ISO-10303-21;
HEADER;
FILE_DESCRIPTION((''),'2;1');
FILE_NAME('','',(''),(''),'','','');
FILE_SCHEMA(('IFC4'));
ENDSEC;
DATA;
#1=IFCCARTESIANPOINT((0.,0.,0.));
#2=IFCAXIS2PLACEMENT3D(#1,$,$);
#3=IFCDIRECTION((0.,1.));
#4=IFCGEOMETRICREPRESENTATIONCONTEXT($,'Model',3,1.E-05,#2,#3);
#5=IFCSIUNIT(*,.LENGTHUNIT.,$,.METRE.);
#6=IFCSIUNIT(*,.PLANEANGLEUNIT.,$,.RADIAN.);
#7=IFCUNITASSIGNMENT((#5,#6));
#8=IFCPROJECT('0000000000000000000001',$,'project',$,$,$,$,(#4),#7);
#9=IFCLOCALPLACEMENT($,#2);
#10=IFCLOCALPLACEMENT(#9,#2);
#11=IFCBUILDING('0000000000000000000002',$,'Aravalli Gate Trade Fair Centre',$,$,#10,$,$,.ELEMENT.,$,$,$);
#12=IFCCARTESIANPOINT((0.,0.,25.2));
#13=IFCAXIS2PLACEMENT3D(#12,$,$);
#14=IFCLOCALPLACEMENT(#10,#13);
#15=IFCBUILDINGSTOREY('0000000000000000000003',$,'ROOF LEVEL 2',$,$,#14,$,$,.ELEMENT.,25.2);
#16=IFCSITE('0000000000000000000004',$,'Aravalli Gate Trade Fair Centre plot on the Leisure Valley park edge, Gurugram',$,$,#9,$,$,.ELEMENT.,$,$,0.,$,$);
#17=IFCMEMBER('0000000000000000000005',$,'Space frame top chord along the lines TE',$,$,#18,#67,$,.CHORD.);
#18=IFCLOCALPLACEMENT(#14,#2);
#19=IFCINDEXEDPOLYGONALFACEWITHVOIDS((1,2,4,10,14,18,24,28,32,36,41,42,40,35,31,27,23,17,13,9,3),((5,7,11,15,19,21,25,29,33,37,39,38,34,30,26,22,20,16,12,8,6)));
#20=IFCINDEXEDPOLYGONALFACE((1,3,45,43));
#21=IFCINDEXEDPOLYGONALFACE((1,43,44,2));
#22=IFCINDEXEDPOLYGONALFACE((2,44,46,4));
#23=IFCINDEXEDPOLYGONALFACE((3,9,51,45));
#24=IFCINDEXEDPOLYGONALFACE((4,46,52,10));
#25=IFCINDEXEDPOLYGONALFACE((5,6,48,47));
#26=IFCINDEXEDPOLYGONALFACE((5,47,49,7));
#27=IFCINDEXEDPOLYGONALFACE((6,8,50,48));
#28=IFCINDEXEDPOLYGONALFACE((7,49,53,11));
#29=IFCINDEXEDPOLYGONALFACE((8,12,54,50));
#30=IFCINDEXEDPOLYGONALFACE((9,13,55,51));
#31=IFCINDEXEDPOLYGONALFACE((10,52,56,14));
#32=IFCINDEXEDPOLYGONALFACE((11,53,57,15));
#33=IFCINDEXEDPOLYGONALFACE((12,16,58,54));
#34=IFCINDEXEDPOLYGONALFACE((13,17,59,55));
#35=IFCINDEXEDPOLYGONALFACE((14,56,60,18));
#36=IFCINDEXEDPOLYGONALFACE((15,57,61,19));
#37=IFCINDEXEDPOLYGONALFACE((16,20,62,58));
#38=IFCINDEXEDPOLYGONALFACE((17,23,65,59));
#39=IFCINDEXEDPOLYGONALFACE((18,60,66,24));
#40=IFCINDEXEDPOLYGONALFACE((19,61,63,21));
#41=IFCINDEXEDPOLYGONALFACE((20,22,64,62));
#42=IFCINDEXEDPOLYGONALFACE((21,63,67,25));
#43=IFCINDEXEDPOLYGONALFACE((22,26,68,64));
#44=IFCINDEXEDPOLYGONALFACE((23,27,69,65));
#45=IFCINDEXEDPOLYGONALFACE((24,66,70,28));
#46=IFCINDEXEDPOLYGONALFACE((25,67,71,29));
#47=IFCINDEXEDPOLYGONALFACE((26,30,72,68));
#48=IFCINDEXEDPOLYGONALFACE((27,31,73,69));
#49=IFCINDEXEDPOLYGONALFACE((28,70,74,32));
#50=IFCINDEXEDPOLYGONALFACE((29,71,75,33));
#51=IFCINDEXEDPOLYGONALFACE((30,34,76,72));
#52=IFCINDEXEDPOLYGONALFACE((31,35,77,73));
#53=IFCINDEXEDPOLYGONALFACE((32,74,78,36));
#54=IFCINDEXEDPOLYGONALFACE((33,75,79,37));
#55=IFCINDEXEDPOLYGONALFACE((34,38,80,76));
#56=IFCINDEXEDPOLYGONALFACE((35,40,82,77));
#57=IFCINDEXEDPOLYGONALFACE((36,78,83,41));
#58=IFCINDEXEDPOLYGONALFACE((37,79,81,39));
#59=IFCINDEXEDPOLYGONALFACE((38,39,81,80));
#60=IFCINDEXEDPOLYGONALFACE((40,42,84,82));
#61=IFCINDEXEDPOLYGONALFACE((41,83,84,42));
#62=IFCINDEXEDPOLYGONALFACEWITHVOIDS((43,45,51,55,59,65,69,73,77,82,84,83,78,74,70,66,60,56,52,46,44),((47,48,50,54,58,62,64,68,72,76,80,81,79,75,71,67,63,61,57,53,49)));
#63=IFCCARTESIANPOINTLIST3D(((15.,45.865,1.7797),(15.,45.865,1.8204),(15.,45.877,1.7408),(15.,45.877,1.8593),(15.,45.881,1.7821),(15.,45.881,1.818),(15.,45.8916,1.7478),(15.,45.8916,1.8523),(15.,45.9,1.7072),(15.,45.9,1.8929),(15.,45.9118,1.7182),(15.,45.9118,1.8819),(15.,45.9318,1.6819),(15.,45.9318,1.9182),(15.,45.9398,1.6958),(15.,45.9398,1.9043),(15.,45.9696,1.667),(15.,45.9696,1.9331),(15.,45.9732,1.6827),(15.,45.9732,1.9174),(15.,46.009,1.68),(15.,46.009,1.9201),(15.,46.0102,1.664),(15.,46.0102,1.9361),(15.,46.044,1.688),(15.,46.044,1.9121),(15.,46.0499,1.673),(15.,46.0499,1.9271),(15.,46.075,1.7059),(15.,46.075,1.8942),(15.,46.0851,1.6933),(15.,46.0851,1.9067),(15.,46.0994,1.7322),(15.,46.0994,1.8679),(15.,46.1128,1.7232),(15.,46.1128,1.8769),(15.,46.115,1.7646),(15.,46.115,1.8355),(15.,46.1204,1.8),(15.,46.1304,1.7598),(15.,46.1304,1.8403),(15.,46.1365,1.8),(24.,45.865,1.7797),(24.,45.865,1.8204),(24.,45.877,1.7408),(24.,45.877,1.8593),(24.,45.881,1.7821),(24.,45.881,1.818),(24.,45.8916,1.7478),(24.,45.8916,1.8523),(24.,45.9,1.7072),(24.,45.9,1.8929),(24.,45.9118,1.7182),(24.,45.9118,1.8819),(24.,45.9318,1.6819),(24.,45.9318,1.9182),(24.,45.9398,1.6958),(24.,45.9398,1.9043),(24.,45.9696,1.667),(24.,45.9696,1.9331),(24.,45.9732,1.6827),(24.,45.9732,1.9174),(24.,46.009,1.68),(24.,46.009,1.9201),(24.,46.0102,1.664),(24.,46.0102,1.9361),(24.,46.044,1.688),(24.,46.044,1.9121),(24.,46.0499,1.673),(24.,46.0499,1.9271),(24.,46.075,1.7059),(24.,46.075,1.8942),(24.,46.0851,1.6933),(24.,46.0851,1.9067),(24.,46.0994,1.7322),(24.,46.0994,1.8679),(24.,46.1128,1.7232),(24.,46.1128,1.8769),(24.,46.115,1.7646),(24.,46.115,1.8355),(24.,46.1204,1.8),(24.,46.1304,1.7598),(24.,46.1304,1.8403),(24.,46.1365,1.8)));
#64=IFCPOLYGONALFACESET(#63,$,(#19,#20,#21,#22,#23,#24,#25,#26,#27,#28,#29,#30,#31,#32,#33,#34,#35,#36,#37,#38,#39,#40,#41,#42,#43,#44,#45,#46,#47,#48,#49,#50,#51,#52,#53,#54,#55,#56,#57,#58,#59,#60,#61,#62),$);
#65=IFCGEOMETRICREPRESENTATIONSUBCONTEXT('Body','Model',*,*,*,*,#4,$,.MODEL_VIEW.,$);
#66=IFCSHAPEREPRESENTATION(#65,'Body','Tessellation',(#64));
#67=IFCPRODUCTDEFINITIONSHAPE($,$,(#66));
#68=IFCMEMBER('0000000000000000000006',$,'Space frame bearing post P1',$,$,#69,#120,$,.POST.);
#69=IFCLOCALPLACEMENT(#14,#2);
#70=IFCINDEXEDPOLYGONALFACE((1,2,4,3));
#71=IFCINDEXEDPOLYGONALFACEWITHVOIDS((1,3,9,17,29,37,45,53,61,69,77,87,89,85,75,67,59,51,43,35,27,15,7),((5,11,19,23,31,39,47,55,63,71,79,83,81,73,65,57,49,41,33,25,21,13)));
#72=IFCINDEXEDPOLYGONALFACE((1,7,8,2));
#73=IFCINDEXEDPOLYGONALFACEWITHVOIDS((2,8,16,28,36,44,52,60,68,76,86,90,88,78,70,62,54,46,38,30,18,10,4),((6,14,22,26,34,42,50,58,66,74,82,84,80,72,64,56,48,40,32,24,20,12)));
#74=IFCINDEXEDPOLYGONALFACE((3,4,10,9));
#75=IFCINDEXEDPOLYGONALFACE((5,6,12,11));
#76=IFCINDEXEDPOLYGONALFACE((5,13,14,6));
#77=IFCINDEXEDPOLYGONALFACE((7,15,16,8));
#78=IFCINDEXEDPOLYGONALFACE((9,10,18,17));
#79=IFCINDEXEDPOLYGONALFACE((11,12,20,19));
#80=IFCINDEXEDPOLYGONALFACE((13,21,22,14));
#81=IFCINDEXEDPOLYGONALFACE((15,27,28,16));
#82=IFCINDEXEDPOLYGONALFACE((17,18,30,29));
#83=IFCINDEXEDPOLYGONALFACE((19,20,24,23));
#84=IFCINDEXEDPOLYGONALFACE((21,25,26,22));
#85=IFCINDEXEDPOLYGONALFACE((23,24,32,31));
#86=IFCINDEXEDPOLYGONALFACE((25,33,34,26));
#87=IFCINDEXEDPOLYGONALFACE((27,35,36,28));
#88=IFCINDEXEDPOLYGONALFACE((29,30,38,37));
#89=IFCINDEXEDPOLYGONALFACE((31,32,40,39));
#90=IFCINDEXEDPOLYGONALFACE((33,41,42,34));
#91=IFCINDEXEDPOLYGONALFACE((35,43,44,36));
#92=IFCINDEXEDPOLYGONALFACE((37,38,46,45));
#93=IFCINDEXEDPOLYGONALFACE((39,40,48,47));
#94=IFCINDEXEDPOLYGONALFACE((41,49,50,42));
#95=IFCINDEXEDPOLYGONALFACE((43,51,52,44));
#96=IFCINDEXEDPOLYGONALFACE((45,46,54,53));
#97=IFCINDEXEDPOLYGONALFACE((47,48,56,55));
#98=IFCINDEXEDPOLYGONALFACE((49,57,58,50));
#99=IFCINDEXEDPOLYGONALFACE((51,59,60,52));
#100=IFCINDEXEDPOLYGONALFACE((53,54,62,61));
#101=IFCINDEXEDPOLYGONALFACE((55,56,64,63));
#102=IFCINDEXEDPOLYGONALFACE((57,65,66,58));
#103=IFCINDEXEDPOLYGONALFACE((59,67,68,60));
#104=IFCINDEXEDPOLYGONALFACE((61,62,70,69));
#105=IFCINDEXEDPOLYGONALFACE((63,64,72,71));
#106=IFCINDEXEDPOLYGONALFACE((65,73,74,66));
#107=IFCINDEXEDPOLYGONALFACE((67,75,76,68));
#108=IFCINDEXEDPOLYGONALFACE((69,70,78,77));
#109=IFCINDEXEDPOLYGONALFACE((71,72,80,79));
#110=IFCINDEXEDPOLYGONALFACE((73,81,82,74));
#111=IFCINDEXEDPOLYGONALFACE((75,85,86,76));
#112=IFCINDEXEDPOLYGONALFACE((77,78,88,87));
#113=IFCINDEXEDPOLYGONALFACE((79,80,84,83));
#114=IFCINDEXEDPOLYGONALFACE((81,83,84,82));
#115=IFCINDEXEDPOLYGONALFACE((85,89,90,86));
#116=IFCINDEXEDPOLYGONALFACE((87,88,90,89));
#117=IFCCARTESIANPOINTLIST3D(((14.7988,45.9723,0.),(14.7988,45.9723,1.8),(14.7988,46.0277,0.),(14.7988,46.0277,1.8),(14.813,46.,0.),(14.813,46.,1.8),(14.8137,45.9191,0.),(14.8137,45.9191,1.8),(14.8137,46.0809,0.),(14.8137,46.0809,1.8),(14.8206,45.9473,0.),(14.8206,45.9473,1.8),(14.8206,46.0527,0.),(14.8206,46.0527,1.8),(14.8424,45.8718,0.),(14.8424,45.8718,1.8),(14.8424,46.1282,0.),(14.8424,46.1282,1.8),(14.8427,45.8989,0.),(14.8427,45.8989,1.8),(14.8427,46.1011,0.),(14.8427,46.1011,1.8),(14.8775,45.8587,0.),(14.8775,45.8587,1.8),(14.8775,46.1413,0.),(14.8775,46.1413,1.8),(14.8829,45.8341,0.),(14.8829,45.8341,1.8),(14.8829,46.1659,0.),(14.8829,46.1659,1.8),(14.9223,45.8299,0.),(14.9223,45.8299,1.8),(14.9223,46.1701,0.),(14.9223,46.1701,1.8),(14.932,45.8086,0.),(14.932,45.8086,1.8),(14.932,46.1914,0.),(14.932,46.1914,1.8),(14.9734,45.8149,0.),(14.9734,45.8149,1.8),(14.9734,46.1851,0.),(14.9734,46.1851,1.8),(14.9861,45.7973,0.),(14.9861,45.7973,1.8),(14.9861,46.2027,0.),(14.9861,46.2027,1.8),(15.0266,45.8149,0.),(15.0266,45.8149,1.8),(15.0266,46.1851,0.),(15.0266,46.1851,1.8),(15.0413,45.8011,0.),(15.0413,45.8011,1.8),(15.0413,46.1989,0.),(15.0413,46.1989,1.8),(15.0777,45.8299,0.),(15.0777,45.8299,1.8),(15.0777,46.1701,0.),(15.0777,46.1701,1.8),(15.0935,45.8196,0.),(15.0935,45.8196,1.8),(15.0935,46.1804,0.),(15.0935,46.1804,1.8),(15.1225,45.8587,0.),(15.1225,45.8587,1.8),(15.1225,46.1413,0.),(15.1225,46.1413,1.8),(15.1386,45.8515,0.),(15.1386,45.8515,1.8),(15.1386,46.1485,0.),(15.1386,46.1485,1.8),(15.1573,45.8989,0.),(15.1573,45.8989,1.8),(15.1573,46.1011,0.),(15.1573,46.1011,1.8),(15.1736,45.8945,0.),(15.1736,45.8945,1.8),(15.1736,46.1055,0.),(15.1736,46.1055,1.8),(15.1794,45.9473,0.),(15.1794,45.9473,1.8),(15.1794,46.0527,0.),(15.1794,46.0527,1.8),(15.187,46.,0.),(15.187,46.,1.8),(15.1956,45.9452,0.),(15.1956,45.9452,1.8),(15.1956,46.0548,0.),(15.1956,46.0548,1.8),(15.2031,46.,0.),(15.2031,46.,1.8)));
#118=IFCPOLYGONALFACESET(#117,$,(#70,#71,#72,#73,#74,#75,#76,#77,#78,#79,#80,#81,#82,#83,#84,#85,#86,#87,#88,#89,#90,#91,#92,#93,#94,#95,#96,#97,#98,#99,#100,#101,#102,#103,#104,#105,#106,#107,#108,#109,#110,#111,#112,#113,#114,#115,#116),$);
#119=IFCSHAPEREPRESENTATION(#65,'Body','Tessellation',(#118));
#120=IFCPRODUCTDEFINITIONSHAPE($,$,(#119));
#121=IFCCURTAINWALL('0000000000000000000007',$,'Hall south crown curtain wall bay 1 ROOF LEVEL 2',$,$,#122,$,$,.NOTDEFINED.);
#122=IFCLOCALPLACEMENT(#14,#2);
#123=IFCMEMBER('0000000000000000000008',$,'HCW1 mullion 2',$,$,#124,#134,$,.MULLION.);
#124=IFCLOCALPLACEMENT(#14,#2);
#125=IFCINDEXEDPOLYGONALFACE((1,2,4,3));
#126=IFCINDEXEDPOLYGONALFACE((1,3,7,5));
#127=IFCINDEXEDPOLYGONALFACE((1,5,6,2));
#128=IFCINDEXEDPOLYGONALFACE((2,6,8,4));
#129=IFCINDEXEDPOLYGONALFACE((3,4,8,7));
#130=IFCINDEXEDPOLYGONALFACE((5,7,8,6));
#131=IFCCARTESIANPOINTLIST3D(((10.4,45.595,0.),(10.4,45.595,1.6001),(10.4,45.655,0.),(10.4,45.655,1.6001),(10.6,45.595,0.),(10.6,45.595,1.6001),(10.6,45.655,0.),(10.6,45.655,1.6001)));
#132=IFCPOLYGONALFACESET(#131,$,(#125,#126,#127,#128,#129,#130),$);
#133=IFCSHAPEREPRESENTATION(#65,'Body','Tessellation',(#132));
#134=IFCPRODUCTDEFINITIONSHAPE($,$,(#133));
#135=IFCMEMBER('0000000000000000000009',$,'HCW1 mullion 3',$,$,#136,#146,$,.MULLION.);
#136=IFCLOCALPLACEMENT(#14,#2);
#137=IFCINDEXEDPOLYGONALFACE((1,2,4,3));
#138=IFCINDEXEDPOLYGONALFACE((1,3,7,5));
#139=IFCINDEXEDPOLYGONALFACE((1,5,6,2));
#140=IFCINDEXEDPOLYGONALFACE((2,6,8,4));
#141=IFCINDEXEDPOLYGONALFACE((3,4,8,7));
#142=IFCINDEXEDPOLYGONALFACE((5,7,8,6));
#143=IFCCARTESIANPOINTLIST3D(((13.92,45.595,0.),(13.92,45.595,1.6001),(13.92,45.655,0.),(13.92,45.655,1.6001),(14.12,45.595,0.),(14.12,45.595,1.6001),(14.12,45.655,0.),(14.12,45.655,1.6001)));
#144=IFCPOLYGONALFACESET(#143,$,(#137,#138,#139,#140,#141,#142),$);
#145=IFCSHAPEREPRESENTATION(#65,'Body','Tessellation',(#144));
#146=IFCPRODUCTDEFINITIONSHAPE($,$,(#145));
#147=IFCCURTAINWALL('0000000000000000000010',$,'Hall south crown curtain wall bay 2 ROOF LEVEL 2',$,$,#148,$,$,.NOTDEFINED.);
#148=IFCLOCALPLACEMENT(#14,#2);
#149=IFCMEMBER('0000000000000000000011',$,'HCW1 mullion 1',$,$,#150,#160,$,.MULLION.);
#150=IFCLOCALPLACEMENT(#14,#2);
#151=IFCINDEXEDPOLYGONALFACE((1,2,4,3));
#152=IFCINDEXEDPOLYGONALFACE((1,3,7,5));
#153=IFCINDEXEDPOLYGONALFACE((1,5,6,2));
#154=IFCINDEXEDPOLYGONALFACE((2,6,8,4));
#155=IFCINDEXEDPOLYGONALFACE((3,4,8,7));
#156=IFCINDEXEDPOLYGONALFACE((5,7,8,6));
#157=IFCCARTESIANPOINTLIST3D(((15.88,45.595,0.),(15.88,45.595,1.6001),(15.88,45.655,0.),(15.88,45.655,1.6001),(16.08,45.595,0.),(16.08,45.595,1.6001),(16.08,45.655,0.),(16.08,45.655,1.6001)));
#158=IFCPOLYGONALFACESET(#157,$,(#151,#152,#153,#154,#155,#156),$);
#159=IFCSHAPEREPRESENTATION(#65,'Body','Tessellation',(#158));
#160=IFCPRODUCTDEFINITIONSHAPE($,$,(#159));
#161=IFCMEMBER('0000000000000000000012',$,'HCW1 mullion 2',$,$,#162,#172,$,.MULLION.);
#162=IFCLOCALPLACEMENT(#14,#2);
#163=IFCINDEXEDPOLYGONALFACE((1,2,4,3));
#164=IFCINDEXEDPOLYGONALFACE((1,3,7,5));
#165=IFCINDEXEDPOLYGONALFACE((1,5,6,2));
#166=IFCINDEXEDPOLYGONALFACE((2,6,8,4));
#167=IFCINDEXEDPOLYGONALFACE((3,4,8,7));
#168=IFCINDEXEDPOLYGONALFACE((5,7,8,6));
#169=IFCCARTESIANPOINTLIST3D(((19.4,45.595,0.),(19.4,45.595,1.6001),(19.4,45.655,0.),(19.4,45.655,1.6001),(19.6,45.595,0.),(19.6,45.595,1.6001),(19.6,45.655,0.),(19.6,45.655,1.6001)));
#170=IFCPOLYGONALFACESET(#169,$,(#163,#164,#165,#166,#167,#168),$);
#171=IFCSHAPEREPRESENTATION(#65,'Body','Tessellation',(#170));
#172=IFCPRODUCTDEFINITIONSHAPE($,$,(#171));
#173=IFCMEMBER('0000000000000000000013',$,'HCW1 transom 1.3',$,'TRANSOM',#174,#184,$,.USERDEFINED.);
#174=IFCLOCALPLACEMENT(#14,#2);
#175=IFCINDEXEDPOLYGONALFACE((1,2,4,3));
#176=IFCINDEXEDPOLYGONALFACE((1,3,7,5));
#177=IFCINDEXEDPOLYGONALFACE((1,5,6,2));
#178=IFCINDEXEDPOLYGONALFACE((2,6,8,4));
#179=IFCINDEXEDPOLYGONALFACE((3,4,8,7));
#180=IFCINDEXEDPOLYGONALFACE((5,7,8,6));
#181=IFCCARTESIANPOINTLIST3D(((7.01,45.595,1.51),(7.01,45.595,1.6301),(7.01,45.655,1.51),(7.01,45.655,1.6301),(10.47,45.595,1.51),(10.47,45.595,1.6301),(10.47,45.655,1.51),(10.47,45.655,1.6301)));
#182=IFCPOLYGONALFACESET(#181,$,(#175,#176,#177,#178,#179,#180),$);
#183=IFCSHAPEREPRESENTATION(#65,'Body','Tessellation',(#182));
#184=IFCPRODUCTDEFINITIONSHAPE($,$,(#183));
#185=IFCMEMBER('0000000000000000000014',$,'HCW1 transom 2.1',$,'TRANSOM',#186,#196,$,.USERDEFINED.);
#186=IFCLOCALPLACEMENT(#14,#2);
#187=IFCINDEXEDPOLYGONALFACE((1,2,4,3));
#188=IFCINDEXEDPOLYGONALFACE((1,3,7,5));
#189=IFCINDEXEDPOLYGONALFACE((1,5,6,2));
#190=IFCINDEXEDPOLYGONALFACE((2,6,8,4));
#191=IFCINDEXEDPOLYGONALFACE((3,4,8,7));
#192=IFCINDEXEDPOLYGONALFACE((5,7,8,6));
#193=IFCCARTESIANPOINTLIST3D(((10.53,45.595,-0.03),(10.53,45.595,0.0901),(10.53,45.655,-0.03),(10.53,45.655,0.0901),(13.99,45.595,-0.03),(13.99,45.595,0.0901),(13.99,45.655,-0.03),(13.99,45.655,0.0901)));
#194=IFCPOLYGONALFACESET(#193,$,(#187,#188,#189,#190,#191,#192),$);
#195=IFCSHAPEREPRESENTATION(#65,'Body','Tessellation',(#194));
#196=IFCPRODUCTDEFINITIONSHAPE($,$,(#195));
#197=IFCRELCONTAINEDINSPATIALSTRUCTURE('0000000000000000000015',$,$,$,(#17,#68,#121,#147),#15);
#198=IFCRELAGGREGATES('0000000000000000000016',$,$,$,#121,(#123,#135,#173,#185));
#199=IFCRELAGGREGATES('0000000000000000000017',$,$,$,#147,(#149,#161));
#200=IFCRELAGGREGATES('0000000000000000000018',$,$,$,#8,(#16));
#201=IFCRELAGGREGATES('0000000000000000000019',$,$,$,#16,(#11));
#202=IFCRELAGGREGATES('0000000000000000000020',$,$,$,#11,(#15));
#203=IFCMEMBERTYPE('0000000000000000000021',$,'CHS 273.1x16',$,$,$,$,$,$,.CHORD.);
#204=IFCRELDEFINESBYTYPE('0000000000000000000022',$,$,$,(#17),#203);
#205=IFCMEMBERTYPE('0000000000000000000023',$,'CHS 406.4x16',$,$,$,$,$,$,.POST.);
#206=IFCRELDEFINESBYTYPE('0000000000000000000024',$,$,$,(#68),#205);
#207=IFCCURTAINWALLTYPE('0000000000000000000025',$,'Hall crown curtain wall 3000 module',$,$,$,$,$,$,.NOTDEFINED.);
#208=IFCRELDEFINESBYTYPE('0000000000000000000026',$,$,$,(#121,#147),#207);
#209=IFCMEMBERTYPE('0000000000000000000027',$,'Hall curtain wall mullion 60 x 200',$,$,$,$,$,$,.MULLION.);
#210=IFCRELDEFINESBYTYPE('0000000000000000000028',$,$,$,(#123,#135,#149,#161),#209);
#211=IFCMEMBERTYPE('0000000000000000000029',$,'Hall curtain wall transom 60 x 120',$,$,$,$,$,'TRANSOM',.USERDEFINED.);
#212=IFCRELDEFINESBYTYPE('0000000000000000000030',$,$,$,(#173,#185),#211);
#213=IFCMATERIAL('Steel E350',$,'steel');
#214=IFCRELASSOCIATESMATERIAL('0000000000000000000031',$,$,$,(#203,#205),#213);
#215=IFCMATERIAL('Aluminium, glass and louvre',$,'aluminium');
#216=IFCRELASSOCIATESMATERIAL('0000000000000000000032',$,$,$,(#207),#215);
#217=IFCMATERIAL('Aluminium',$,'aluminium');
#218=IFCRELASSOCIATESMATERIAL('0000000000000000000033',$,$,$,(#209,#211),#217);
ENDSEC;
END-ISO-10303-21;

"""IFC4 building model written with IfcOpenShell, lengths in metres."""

from ifc_helpers import new_model, si_unit, direction, frame, origin, origin_2d, place, context, subcontext, project, spatial, rectangle, hollow_circle, extrude, material, material_profile, profile_set, type_object, element, aggregate, save


model = new_model("IFC4")

# Units and contexts
model_context = context("Model", 3, precision=1e-05, world=origin(), true_north=direction((0.0, 1.0)))
body_context = subcontext(model_context, "Body", "Model", "MODEL_VIEW")
ifc_project = project(units=[si_unit("LENGTHUNIT", "METRE"), si_unit("PLANEANGLEUNIT", "RADIAN")], contexts=[model_context])

# Site, building, storey
site_placement = place(None, origin())
site = spatial("IfcSite", under=ifc_project, at=site_placement, Name="Aravalli Gate Trade Fair Centre plot on the Leisure Valley park edge, Gurugram", CompositionType="ELEMENT", RefElevation=0.0)
building_placement = place(site_placement, origin())
building = spatial("IfcBuilding", under=site, at=building_placement, Name="Aravalli Gate Trade Fair Centre", CompositionType="ELEMENT")
storey_placement = place(building_placement, frame((0.0, 0.0, 25.2)))
storey = spatial("IfcBuildingStorey", under=building, at=storey_placement, Name="ROOF LEVEL 2", CompositionType="ELEMENT", Elevation=25.2)

# Members
ifc_material_1 = material(Name="Steel E350", Category="steel")
ifc_material_profile_1 = material_profile(ifc_material_1, hollow_circle(Radius=0.1365, WallThickness=0.0161, at=origin_2d()), Name="CHS 273.1x16")
ifc_profile_set_1 = profile_set([ifc_material_profile_1], Name="Steel E350")
member_type_1 = type_object("IfcMemberType", Name="CHS 273.1x16", PredefinedType="CHORD", material=ifc_profile_set_1)
member_1_placement = place(storey_placement, frame((15.0, 46.0, 1.8), z_axis=(1.0, 0.0, 0.0), x_axis=(0.0, 1.0, 0.0)))
element("IfcMember", 1, at=member_1_placement, inside=storey, type_object=member_type_1, Name="Space frame top chord along the lines TE", PredefinedType="CHORD", context=body_context, shape_type="SweptSolid", body=[
    extrude(hollow_circle(Radius=0.1365, WallThickness=0.0161, at=origin_2d()), origin(), (0.0, 0.0, 1.0), 9.0),
])
ifc_material_profile_2 = material_profile(ifc_material_1, hollow_circle(Radius=0.2031, WallThickness=0.0161, at=origin_2d()), Name="CHS 406.4x16")
ifc_profile_set_2 = profile_set([ifc_material_profile_2], Name="Steel E350")
member_type_2 = type_object("IfcMemberType", Name="CHS 406.4x16", PredefinedType="POST", material=ifc_profile_set_2)
member_2_placement = place(storey_placement, frame((15.0, 46.0, 0.0), z_axis=(0.0, 0.0, 1.0), x_axis=(1.0, 0.0, 0.0)))
element("IfcMember", 2, at=member_2_placement, inside=storey, type_object=member_type_2, Name="Space frame bearing post P1", PredefinedType="POST", context=body_context, shape_type="SweptSolid", body=[
    extrude(hollow_circle(Radius=0.2031, WallThickness=0.0161, at=origin_2d()), origin(), (0.0, 0.0, 1.0), 1.8),
])

# Curtain walls, members
ifc_material_2 = material(Name="Aluminium, glass and louvre", Category="aluminium")
curtain_wall_type = type_object("IfcCurtainWallType", Name="Hall crown curtain wall 3000 module", PredefinedType="NOTDEFINED", material=ifc_material_2)
curtain_wall_1_placement = place(storey_placement, origin())
curtain_wall_1 = element("IfcCurtainWall", 3, at=curtain_wall_1_placement, inside=storey, type_object=curtain_wall_type, Name="Hall south crown curtain wall bay 1 ROOF LEVEL 2", PredefinedType="NOTDEFINED")
ifc_material_3 = material(Name="Aluminium", Category="aluminium")
ifc_material_profile_3 = material_profile(ifc_material_3, rectangle(XDim=0.0601, YDim=0.2, at=origin_2d()), Name="Hall curtain wall mullion 60 x 200")
ifc_profile_set_3 = profile_set([ifc_material_profile_3], Name="Aluminium")
member_type_3 = type_object("IfcMemberType", Name="Hall curtain wall mullion 60 x 200", PredefinedType="MULLION", material=ifc_profile_set_3)
member_3_placement = place(storey_placement, frame((10.5, 45.625, 0.0), z_axis=(0.0, 0.0, 1.0), x_axis=(0.0, 1.0, 0.0)))
member_3 = element("IfcMember", 4, at=member_3_placement, type_object=member_type_3, Name="HCW1 mullion 2", PredefinedType="MULLION", context=body_context, shape_type="SweptSolid", body=[
    extrude(rectangle(XDim=0.0601, YDim=0.2, at=origin_2d()), origin(), (0.0, 0.0, 1.0), 1.6001),
])
member_4_placement = place(storey_placement, frame((14.02, 45.625, 0.0), z_axis=(0.0, 0.0, 1.0), x_axis=(0.0, 1.0, 0.0)))
member_4 = element("IfcMember", 5, at=member_4_placement, type_object=member_type_3, Name="HCW1 mullion 3", PredefinedType="MULLION", context=body_context, shape_type="SweptSolid", body=[
    extrude(rectangle(XDim=0.0601, YDim=0.2, at=origin_2d()), origin(), (0.0, 0.0, 1.0), 1.6001),
])
curtain_wall_2_placement = place(storey_placement, origin())
curtain_wall_2 = element("IfcCurtainWall", 6, at=curtain_wall_2_placement, inside=storey, type_object=curtain_wall_type, Name="Hall south crown curtain wall bay 2 ROOF LEVEL 2", PredefinedType="NOTDEFINED")
member_5_placement = place(storey_placement, frame((15.98, 45.625, 0.0), z_axis=(0.0, 0.0, 1.0), x_axis=(0.0, 1.0, 0.0)))
member_5 = element("IfcMember", 7, at=member_5_placement, type_object=member_type_3, Name="HCW1 mullion 1", PredefinedType="MULLION", context=body_context, shape_type="SweptSolid", body=[
    extrude(rectangle(XDim=0.0601, YDim=0.2, at=origin_2d()), origin(), (0.0, 0.0, 1.0), 1.6001),
])
member_6_placement = place(storey_placement, frame((19.5, 45.625, 0.0), z_axis=(0.0, 0.0, 1.0), x_axis=(0.0, 1.0, 0.0)))
member_6 = element("IfcMember", 8, at=member_6_placement, type_object=member_type_3, Name="HCW1 mullion 2", PredefinedType="MULLION", context=body_context, shape_type="SweptSolid", body=[
    extrude(rectangle(XDim=0.0601, YDim=0.2, at=origin_2d()), origin(), (0.0, 0.0, 1.0), 1.6001),
])

# Members
ifc_material_profile_4 = material_profile(ifc_material_3, rectangle(XDim=0.0601, YDim=0.1201, at=origin_2d()), Name="Hall curtain wall transom 60 x 120")
ifc_profile_set_4 = profile_set([ifc_material_profile_4], Name="Aluminium")
member_type_4 = type_object("IfcMemberType", Name="Hall curtain wall transom 60 x 120", ElementType="TRANSOM", PredefinedType="USERDEFINED", material=ifc_profile_set_4)
member_7_placement = place(storey_placement, frame((7.01, 45.625, 1.5701), z_axis=(1.0, 0.0, 0.0), x_axis=(0.0, 1.0, 0.0)))
member_7 = element("IfcMember", 9, at=member_7_placement, type_object=member_type_4, Name="HCW1 transom 1.3", ObjectType="TRANSOM", PredefinedType="USERDEFINED", context=body_context, shape_type="SweptSolid", body=[
    extrude(rectangle(XDim=0.0601, YDim=0.1201, at=origin_2d()), origin(), (0.0, 0.0, 1.0), 3.46),
])
member_8_placement = place(storey_placement, frame((10.53, 45.625, 0.03), z_axis=(1.0, 0.0, 0.0), x_axis=(0.0, 1.0, 0.0)))
member_8 = element("IfcMember", 10, at=member_8_placement, type_object=member_type_4, Name="HCW1 transom 2.1", ObjectType="TRANSOM", PredefinedType="USERDEFINED", context=body_context, shape_type="SweptSolid", body=[
    extrude(rectangle(XDim=0.0601, YDim=0.1201, at=origin_2d()), origin(), (0.0, 0.0, 1.0), 3.46),
])

aggregate(curtain_wall_1, [member_3, member_4, member_7, member_8])
aggregate(curtain_wall_2, [member_5, member_6])

save(model, "model.ifc")
